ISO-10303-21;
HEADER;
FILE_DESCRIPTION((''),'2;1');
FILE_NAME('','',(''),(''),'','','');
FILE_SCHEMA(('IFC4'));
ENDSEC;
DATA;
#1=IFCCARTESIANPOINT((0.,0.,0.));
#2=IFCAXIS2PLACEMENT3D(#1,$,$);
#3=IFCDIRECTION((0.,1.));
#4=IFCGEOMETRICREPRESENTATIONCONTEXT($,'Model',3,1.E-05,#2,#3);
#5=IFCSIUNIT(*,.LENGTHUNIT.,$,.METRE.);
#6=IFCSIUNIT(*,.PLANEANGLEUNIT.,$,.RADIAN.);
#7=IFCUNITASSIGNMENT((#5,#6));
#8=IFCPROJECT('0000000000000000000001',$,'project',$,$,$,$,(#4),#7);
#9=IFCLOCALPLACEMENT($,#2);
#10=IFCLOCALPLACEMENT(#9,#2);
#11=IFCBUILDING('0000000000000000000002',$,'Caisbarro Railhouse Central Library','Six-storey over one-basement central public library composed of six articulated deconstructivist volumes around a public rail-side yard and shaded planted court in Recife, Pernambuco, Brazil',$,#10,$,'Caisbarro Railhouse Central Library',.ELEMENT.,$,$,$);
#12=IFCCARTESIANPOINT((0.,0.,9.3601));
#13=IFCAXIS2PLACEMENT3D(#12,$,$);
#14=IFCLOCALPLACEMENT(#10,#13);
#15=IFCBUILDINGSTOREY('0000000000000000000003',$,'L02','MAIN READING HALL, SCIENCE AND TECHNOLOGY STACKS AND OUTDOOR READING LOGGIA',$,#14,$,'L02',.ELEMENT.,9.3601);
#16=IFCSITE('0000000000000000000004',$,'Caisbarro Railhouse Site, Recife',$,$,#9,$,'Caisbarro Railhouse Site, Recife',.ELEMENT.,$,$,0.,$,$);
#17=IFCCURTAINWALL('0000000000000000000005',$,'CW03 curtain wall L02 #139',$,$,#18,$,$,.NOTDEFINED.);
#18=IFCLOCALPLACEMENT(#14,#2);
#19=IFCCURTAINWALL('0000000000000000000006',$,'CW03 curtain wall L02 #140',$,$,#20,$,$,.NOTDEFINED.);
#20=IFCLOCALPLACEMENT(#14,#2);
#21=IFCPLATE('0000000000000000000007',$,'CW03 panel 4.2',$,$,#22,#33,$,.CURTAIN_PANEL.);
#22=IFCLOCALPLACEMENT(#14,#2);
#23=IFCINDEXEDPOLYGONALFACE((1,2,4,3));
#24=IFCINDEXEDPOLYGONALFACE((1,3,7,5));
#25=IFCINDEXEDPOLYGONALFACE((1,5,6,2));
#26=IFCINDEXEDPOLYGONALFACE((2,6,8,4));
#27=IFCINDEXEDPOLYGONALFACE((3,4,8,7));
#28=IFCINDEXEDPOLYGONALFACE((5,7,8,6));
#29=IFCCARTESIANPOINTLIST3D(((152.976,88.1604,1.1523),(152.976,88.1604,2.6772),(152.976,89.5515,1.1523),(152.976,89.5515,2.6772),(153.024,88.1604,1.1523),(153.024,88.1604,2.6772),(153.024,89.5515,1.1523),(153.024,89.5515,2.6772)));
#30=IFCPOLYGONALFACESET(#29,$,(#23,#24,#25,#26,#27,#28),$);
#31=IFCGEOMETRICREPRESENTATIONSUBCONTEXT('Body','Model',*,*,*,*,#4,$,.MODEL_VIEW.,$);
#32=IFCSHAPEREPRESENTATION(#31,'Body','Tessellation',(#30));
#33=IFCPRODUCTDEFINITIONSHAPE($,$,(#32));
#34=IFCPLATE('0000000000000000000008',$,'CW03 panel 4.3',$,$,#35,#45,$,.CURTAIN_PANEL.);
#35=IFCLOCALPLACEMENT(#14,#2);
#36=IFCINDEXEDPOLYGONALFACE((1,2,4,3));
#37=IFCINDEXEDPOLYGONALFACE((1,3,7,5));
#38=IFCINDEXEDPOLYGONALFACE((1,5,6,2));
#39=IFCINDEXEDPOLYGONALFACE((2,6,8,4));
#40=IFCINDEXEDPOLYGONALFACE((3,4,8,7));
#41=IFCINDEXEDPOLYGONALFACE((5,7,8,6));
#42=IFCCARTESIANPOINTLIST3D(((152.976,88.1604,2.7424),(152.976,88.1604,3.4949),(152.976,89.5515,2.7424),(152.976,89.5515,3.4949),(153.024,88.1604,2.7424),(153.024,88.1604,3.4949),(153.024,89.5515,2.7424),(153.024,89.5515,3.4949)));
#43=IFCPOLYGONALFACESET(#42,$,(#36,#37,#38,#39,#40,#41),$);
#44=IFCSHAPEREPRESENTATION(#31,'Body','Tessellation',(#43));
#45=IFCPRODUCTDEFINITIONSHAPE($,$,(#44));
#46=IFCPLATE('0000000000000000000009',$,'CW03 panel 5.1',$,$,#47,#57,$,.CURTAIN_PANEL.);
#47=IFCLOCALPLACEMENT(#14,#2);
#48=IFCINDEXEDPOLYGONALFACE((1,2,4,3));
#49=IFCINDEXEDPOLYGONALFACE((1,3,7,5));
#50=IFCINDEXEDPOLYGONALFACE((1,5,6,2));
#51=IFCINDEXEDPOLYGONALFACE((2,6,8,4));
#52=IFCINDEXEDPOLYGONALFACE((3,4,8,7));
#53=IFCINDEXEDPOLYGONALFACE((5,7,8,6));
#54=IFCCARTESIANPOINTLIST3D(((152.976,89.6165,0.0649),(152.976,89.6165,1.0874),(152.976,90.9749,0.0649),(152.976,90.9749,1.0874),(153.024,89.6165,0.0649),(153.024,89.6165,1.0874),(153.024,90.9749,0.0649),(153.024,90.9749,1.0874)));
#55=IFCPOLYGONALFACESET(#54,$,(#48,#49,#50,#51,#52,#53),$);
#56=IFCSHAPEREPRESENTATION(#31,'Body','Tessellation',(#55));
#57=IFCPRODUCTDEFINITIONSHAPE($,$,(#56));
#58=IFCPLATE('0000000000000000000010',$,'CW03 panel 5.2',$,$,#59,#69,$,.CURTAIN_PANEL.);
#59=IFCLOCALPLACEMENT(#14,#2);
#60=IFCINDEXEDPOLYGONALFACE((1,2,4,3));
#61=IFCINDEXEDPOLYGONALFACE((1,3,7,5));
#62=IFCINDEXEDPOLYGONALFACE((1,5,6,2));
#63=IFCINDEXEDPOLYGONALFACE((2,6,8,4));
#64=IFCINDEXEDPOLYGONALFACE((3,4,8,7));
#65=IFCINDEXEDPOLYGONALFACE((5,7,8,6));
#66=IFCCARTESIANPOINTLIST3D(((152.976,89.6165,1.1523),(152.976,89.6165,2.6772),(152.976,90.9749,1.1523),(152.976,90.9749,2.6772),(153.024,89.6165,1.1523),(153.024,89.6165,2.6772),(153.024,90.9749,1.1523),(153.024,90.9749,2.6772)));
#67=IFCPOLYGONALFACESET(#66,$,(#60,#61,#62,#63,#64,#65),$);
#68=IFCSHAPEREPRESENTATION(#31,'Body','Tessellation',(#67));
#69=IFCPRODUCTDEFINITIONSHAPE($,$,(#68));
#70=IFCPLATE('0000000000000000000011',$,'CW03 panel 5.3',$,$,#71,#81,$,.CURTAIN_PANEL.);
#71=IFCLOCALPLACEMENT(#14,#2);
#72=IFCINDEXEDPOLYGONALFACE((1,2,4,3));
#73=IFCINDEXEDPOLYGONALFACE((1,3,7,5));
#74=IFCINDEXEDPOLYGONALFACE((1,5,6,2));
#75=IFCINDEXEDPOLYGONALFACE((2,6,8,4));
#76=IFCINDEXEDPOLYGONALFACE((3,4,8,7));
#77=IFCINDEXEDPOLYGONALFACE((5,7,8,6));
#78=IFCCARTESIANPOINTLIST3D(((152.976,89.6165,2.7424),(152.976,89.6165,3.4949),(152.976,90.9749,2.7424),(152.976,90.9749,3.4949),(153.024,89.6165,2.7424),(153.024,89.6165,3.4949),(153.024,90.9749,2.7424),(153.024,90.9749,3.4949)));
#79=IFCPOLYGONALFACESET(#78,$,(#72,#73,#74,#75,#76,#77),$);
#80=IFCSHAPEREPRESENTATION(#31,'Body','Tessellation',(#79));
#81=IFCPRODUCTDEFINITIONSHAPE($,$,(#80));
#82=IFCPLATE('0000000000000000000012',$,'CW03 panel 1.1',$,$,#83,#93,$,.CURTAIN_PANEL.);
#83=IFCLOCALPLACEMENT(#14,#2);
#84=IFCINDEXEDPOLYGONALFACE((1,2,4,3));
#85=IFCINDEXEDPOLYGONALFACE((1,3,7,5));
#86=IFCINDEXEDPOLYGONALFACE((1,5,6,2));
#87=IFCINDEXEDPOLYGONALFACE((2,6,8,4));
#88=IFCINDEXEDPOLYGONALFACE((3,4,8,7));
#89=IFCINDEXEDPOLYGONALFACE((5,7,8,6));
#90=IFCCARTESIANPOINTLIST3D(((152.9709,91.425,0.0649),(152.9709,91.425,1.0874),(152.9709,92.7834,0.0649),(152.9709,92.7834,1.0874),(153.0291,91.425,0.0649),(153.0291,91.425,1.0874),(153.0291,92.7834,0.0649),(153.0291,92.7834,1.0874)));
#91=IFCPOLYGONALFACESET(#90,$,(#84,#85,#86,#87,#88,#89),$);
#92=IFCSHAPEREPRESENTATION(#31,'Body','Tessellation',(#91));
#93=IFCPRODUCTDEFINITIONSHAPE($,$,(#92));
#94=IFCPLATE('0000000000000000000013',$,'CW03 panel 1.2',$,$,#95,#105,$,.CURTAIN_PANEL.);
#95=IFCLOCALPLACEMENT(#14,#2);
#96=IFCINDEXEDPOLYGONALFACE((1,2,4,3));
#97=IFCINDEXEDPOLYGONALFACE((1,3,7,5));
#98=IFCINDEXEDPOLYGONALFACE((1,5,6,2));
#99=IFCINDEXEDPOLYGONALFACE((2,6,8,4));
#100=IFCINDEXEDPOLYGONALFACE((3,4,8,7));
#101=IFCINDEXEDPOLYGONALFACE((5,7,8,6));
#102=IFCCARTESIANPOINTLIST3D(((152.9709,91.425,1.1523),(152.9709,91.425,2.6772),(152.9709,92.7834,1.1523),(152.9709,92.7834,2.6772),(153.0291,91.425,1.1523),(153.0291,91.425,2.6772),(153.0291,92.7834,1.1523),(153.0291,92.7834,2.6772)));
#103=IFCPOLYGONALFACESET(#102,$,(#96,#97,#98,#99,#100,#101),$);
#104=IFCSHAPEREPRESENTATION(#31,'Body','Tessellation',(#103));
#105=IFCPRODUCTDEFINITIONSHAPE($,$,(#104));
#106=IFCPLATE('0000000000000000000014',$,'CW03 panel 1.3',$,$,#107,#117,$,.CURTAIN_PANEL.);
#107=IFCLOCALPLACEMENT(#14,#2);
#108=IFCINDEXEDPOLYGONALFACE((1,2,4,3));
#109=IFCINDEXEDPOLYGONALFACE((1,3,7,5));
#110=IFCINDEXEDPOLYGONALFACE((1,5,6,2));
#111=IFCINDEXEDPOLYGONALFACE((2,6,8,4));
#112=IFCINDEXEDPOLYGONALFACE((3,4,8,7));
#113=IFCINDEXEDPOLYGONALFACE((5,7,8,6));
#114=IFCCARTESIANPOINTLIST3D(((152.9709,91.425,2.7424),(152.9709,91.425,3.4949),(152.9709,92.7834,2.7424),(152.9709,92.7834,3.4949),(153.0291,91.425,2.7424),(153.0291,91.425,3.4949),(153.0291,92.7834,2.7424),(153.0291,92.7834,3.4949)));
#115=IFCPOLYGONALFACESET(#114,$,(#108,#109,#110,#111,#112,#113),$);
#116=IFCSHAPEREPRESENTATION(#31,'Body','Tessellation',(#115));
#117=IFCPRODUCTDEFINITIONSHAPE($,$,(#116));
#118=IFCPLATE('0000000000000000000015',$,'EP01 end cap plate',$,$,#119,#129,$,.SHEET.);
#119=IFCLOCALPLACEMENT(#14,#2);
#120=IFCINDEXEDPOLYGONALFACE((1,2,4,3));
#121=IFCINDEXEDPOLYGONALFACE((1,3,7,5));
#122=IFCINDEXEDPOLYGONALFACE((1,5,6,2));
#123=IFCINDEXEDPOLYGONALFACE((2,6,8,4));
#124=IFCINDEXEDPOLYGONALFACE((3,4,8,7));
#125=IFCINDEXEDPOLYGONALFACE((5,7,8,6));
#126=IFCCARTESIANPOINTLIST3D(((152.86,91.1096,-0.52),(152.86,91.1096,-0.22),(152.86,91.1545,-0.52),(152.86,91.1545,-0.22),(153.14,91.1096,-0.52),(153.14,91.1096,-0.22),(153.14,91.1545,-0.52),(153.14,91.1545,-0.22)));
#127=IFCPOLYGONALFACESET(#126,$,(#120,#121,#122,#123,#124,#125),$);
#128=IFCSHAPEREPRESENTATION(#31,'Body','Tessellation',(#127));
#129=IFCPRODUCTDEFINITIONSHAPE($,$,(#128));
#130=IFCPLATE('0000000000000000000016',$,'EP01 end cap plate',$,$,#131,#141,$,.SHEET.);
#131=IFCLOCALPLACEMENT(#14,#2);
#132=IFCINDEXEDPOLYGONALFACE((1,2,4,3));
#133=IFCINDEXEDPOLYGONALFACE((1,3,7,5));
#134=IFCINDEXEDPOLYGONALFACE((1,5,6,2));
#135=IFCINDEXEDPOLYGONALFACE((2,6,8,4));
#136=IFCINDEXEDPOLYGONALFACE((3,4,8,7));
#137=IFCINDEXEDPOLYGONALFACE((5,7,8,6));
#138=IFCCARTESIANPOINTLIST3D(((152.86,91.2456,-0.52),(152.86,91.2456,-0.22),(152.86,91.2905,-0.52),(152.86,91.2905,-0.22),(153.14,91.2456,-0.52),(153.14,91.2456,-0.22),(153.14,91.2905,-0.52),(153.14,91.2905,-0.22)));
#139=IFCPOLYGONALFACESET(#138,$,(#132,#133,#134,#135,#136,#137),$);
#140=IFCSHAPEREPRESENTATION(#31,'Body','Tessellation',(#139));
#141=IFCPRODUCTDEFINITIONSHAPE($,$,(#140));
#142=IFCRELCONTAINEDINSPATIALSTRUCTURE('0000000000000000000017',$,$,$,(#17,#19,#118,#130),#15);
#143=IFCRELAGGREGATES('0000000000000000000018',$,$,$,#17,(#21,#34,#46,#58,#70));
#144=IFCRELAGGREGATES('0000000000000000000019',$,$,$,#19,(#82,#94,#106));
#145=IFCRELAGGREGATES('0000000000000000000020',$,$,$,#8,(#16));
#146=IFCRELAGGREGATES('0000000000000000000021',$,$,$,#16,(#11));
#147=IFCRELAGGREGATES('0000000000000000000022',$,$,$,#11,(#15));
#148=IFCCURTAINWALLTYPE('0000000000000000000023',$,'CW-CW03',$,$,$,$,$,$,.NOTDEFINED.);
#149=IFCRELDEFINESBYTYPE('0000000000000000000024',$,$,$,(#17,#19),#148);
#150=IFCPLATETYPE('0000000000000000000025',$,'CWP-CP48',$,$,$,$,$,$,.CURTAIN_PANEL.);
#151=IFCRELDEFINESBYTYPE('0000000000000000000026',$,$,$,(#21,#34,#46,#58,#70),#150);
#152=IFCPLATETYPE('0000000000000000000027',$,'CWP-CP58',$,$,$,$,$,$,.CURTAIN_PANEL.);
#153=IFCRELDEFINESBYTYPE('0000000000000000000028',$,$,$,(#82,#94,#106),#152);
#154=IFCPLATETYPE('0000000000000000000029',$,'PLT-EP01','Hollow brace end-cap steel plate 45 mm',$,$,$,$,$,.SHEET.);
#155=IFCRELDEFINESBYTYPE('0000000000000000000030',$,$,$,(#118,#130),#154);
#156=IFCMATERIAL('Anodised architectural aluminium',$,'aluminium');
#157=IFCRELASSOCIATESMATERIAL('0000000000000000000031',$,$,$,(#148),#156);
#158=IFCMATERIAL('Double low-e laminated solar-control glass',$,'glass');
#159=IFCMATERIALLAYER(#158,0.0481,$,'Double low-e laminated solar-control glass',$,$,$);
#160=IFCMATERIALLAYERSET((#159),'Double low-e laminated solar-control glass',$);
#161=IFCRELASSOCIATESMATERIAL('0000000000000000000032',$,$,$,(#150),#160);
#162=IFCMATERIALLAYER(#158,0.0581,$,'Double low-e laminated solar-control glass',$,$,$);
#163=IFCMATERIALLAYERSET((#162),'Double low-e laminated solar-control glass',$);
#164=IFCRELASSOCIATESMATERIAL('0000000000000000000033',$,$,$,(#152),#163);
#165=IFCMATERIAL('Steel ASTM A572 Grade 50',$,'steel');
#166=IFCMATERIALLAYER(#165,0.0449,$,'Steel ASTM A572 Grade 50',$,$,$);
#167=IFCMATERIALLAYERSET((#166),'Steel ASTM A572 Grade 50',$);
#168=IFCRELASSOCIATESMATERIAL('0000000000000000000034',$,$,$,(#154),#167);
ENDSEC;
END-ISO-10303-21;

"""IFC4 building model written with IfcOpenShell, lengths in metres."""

from ifc_helpers import new_model, si_unit, direction, frame, origin, origin_2d, place, context, subcontext, project, spatial, rectangle, extrude, material, layer, layer_set, type_object, element, aggregate, save


model = new_model("IFC4")

# Units and contexts
model_context = context("Model", 3, precision=1e-05, world=origin(), true_north=direction((0.0, 1.0)))
body_context = subcontext(model_context, "Body", "Model", "MODEL_VIEW")
ifc_project = project(units=[si_unit("LENGTHUNIT", "METRE"), si_unit("PLANEANGLEUNIT", "RADIAN")], contexts=[model_context])

# Site, building, storey
site_placement = place(None, origin())
site = spatial("IfcSite", under=ifc_project, at=site_placement, Name="Caisbarro Railhouse Site, Recife", LongName="Caisbarro Railhouse Site, Recife", CompositionType="ELEMENT", RefElevation=0.0)
building_placement = place(site_placement, origin())
building = spatial("IfcBuilding", under=site, at=building_placement, Name="Caisbarro Railhouse Central Library", Description="Six-storey over one-basement central public library composed of six articulated deconstructivist volumes around a public rail-side yard and shaded planted court in Recife, Pernambuco, Brazil", LongName="Caisbarro Railhouse Central Library", CompositionType="ELEMENT")
storey_placement = place(building_placement, frame((0.0, 0.0, 9.3601)))
storey = spatial("IfcBuildingStorey", under=building, at=storey_placement, Name="L02", Description="MAIN READING HALL, SCIENCE AND TECHNOLOGY STACKS AND OUTDOOR READING LOGGIA", LongName="L02", CompositionType="ELEMENT", Elevation=9.3601)

# Shared definitions
ifc_material_1 = material(Name="Steel ASTM A572 Grade 50", Category="steel")

# Curtain walls
ifc_material_2 = material(Name="Anodised architectural aluminium", Category="aluminium")
curtain_wall_type = type_object("IfcCurtainWallType", Name="CW-CW03", PredefinedType="NOTDEFINED", material=ifc_material_2)
curtain_wall_1_placement = place(storey_placement, origin())
curtain_wall_1 = element("IfcCurtainWall", 1, at=curtain_wall_1_placement, inside=storey, type_object=curtain_wall_type, Name="CW03 curtain wall L02 #139", PredefinedType="NOTDEFINED")
curtain_wall_2_placement = place(storey_placement, origin())
curtain_wall_2 = element("IfcCurtainWall", 2, at=curtain_wall_2_placement, inside=storey, type_object=curtain_wall_type, Name="CW03 curtain wall L02 #140", PredefinedType="NOTDEFINED")

# Plates
ifc_material_3 = material(Name="Double low-e laminated solar-control glass", Category="glass")
ifc_layer_1 = layer(ifc_material_3, 0.0481, Name="Double low-e laminated solar-control glass")
ifc_layer_set_1 = layer_set([ifc_layer_1], Name="Double low-e laminated solar-control glass")
plate_type_1 = type_object("IfcPlateType", Name="CWP-CP48", PredefinedType="CURTAIN_PANEL", material=ifc_layer_set_1)
plate_1_placement = place(storey_placement, frame((153.0, 88.856, 1.1523), z_axis=(0.0, 0.0, 1.0), x_axis=(0.0, 1.0, 0.0)))
plate_1 = element("IfcPlate", 3, at=plate_1_placement, type_object=plate_type_1, Name="CW03 panel 4.2", PredefinedType="CURTAIN_PANEL", context=body_context, shape_type="SweptSolid", body=[
    extrude(rectangle(XDim=1.3911, YDim=0.0481, at=origin_2d()), origin(), (0.0, 0.0, 1.0), 1.5249),
])
plate_2_placement = place(storey_placement, frame((153.0, 88.856, 2.7424), z_axis=(0.0, 0.0, 1.0), x_axis=(0.0, 1.0, 0.0)))
plate_2 = element("IfcPlate", 4, at=plate_2_placement, type_object=plate_type_1, Name="CW03 panel 4.3", PredefinedType="CURTAIN_PANEL", context=body_context, shape_type="SweptSolid", body=[
    extrude(rectangle(XDim=1.3911, YDim=0.0481, at=origin_2d()), origin(), (0.0, 0.0, 1.0), 0.7524),
])
plate_3_placement = place(storey_placement, frame((153.0, 90.2957, 0.0649), z_axis=(0.0, 0.0, 1.0), x_axis=(0.0, 1.0, 0.0)))
plate_3 = element("IfcPlate", 5, at=plate_3_placement, type_object=plate_type_1, Name="CW03 panel 5.1", PredefinedType="CURTAIN_PANEL", context=body_context, shape_type="SweptSolid", body=[
    extrude(rectangle(XDim=1.3584, YDim=0.0481, at=origin_2d()), origin(), (0.0, 0.0, 1.0), 1.0225),
])
plate_4_placement = place(storey_placement, frame((153.0, 90.2957, 1.1523), z_axis=(0.0, 0.0, 1.0), x_axis=(0.0, 1.0, 0.0)))
plate_4 = element("IfcPlate", 6, at=plate_4_placement, type_object=plate_type_1, Name="CW03 panel 5.2", PredefinedType="CURTAIN_PANEL", context=body_context, shape_type="SweptSolid", body=[
    extrude(rectangle(XDim=1.3584, YDim=0.0481, at=origin_2d()), origin(), (0.0, 0.0, 1.0), 1.5249),
])
plate_5_placement = place(storey_placement, frame((153.0, 90.2957, 2.7424), z_axis=(0.0, 0.0, 1.0), x_axis=(0.0, 1.0, 0.0)))
plate_5 = element("IfcPlate", 7, at=plate_5_placement, type_object=plate_type_1, Name="CW03 panel 5.3", PredefinedType="CURTAIN_PANEL", context=body_context, shape_type="SweptSolid", body=[
    extrude(rectangle(XDim=1.3584, YDim=0.0481, at=origin_2d()), origin(), (0.0, 0.0, 1.0), 0.7524),
])
aggregate(curtain_wall_1, [plate_1, plate_2, plate_3, plate_4, plate_5])
ifc_layer_2 = layer(ifc_material_3, 0.0581, Name="Double low-e laminated solar-control glass")
ifc_layer_set_2 = layer_set([ifc_layer_2], Name="Double low-e laminated solar-control glass")
plate_type_2 = type_object("IfcPlateType", Name="CWP-CP58", PredefinedType="CURTAIN_PANEL", material=ifc_layer_set_2)
plate_6_placement = place(storey_placement, frame((153.0, 92.1042, 0.0649), z_axis=(0.0, 0.0, 1.0), x_axis=(0.0, 1.0, 0.0)))
plate_6 = element("IfcPlate", 8, at=plate_6_placement, type_object=plate_type_2, Name="CW03 panel 1.1", PredefinedType="CURTAIN_PANEL", context=body_context, shape_type="SweptSolid", body=[
    extrude(rectangle(XDim=1.3584, YDim=0.0581, at=origin_2d()), origin(), (0.0, 0.0, 1.0), 1.0225),
])
plate_7_placement = place(storey_placement, frame((153.0, 92.1042, 1.1523), z_axis=(0.0, 0.0, 1.0), x_axis=(0.0, 1.0, 0.0)))
plate_7 = element("IfcPlate", 9, at=plate_7_placement, type_object=plate_type_2, Name="CW03 panel 1.2", PredefinedType="CURTAIN_PANEL", context=body_context, shape_type="SweptSolid", body=[
    extrude(rectangle(XDim=1.3584, YDim=0.0581, at=origin_2d()), origin(), (0.0, 0.0, 1.0), 1.5249),
])
plate_8_placement = place(storey_placement, frame((153.0, 92.1042, 2.7424), z_axis=(0.0, 0.0, 1.0), x_axis=(0.0, 1.0, 0.0)))
plate_8 = element("IfcPlate", 10, at=plate_8_placement, type_object=plate_type_2, Name="CW03 panel 1.3", PredefinedType="CURTAIN_PANEL", context=body_context, shape_type="SweptSolid", body=[
    extrude(rectangle(XDim=1.3584, YDim=0.0581, at=origin_2d()), origin(), (0.0, 0.0, 1.0), 0.7524),
])
aggregate(curtain_wall_2, [plate_6, plate_7, plate_8])

# Plates
ifc_layer_3 = layer(ifc_material_1, 0.0449, Name="Steel ASTM A572 Grade 50")
ifc_layer_set_3 = layer_set([ifc_layer_3], Name="Steel ASTM A572 Grade 50")
plate_type_3 = type_object("IfcPlateType", Name="PLT-EP01", Description="Hollow brace end-cap steel plate 45 mm", PredefinedType="SHEET", material=ifc_layer_set_3)
for number, where, z_axis, x_axis, name in (
    (11, (153.0, 91.1321, -0.52), (0.0, 0.0, 1.0), (0.0, 1.0, 0.0), "EP01 end cap plate"),
    (12, (153.0, 91.2681, -0.52), (0.0, 0.0, 1.0), (0.0, 1.0, 0.0), "EP01 end cap plate"),
):
    element("IfcPlate", number, at=place(storey_placement, frame(where, z_axis=z_axis, x_axis=x_axis)), inside=storey, type_object=plate_type_3, Name=name, PredefinedType="SHEET", context=body_context, shape_type="SweptSolid", body=[
        extrude(rectangle(XDim=0.0449, YDim=0.28, at=origin_2d()), origin(), (0.0, 0.0, 1.0), 0.3),
    ])

save(model, "model.ifc")
